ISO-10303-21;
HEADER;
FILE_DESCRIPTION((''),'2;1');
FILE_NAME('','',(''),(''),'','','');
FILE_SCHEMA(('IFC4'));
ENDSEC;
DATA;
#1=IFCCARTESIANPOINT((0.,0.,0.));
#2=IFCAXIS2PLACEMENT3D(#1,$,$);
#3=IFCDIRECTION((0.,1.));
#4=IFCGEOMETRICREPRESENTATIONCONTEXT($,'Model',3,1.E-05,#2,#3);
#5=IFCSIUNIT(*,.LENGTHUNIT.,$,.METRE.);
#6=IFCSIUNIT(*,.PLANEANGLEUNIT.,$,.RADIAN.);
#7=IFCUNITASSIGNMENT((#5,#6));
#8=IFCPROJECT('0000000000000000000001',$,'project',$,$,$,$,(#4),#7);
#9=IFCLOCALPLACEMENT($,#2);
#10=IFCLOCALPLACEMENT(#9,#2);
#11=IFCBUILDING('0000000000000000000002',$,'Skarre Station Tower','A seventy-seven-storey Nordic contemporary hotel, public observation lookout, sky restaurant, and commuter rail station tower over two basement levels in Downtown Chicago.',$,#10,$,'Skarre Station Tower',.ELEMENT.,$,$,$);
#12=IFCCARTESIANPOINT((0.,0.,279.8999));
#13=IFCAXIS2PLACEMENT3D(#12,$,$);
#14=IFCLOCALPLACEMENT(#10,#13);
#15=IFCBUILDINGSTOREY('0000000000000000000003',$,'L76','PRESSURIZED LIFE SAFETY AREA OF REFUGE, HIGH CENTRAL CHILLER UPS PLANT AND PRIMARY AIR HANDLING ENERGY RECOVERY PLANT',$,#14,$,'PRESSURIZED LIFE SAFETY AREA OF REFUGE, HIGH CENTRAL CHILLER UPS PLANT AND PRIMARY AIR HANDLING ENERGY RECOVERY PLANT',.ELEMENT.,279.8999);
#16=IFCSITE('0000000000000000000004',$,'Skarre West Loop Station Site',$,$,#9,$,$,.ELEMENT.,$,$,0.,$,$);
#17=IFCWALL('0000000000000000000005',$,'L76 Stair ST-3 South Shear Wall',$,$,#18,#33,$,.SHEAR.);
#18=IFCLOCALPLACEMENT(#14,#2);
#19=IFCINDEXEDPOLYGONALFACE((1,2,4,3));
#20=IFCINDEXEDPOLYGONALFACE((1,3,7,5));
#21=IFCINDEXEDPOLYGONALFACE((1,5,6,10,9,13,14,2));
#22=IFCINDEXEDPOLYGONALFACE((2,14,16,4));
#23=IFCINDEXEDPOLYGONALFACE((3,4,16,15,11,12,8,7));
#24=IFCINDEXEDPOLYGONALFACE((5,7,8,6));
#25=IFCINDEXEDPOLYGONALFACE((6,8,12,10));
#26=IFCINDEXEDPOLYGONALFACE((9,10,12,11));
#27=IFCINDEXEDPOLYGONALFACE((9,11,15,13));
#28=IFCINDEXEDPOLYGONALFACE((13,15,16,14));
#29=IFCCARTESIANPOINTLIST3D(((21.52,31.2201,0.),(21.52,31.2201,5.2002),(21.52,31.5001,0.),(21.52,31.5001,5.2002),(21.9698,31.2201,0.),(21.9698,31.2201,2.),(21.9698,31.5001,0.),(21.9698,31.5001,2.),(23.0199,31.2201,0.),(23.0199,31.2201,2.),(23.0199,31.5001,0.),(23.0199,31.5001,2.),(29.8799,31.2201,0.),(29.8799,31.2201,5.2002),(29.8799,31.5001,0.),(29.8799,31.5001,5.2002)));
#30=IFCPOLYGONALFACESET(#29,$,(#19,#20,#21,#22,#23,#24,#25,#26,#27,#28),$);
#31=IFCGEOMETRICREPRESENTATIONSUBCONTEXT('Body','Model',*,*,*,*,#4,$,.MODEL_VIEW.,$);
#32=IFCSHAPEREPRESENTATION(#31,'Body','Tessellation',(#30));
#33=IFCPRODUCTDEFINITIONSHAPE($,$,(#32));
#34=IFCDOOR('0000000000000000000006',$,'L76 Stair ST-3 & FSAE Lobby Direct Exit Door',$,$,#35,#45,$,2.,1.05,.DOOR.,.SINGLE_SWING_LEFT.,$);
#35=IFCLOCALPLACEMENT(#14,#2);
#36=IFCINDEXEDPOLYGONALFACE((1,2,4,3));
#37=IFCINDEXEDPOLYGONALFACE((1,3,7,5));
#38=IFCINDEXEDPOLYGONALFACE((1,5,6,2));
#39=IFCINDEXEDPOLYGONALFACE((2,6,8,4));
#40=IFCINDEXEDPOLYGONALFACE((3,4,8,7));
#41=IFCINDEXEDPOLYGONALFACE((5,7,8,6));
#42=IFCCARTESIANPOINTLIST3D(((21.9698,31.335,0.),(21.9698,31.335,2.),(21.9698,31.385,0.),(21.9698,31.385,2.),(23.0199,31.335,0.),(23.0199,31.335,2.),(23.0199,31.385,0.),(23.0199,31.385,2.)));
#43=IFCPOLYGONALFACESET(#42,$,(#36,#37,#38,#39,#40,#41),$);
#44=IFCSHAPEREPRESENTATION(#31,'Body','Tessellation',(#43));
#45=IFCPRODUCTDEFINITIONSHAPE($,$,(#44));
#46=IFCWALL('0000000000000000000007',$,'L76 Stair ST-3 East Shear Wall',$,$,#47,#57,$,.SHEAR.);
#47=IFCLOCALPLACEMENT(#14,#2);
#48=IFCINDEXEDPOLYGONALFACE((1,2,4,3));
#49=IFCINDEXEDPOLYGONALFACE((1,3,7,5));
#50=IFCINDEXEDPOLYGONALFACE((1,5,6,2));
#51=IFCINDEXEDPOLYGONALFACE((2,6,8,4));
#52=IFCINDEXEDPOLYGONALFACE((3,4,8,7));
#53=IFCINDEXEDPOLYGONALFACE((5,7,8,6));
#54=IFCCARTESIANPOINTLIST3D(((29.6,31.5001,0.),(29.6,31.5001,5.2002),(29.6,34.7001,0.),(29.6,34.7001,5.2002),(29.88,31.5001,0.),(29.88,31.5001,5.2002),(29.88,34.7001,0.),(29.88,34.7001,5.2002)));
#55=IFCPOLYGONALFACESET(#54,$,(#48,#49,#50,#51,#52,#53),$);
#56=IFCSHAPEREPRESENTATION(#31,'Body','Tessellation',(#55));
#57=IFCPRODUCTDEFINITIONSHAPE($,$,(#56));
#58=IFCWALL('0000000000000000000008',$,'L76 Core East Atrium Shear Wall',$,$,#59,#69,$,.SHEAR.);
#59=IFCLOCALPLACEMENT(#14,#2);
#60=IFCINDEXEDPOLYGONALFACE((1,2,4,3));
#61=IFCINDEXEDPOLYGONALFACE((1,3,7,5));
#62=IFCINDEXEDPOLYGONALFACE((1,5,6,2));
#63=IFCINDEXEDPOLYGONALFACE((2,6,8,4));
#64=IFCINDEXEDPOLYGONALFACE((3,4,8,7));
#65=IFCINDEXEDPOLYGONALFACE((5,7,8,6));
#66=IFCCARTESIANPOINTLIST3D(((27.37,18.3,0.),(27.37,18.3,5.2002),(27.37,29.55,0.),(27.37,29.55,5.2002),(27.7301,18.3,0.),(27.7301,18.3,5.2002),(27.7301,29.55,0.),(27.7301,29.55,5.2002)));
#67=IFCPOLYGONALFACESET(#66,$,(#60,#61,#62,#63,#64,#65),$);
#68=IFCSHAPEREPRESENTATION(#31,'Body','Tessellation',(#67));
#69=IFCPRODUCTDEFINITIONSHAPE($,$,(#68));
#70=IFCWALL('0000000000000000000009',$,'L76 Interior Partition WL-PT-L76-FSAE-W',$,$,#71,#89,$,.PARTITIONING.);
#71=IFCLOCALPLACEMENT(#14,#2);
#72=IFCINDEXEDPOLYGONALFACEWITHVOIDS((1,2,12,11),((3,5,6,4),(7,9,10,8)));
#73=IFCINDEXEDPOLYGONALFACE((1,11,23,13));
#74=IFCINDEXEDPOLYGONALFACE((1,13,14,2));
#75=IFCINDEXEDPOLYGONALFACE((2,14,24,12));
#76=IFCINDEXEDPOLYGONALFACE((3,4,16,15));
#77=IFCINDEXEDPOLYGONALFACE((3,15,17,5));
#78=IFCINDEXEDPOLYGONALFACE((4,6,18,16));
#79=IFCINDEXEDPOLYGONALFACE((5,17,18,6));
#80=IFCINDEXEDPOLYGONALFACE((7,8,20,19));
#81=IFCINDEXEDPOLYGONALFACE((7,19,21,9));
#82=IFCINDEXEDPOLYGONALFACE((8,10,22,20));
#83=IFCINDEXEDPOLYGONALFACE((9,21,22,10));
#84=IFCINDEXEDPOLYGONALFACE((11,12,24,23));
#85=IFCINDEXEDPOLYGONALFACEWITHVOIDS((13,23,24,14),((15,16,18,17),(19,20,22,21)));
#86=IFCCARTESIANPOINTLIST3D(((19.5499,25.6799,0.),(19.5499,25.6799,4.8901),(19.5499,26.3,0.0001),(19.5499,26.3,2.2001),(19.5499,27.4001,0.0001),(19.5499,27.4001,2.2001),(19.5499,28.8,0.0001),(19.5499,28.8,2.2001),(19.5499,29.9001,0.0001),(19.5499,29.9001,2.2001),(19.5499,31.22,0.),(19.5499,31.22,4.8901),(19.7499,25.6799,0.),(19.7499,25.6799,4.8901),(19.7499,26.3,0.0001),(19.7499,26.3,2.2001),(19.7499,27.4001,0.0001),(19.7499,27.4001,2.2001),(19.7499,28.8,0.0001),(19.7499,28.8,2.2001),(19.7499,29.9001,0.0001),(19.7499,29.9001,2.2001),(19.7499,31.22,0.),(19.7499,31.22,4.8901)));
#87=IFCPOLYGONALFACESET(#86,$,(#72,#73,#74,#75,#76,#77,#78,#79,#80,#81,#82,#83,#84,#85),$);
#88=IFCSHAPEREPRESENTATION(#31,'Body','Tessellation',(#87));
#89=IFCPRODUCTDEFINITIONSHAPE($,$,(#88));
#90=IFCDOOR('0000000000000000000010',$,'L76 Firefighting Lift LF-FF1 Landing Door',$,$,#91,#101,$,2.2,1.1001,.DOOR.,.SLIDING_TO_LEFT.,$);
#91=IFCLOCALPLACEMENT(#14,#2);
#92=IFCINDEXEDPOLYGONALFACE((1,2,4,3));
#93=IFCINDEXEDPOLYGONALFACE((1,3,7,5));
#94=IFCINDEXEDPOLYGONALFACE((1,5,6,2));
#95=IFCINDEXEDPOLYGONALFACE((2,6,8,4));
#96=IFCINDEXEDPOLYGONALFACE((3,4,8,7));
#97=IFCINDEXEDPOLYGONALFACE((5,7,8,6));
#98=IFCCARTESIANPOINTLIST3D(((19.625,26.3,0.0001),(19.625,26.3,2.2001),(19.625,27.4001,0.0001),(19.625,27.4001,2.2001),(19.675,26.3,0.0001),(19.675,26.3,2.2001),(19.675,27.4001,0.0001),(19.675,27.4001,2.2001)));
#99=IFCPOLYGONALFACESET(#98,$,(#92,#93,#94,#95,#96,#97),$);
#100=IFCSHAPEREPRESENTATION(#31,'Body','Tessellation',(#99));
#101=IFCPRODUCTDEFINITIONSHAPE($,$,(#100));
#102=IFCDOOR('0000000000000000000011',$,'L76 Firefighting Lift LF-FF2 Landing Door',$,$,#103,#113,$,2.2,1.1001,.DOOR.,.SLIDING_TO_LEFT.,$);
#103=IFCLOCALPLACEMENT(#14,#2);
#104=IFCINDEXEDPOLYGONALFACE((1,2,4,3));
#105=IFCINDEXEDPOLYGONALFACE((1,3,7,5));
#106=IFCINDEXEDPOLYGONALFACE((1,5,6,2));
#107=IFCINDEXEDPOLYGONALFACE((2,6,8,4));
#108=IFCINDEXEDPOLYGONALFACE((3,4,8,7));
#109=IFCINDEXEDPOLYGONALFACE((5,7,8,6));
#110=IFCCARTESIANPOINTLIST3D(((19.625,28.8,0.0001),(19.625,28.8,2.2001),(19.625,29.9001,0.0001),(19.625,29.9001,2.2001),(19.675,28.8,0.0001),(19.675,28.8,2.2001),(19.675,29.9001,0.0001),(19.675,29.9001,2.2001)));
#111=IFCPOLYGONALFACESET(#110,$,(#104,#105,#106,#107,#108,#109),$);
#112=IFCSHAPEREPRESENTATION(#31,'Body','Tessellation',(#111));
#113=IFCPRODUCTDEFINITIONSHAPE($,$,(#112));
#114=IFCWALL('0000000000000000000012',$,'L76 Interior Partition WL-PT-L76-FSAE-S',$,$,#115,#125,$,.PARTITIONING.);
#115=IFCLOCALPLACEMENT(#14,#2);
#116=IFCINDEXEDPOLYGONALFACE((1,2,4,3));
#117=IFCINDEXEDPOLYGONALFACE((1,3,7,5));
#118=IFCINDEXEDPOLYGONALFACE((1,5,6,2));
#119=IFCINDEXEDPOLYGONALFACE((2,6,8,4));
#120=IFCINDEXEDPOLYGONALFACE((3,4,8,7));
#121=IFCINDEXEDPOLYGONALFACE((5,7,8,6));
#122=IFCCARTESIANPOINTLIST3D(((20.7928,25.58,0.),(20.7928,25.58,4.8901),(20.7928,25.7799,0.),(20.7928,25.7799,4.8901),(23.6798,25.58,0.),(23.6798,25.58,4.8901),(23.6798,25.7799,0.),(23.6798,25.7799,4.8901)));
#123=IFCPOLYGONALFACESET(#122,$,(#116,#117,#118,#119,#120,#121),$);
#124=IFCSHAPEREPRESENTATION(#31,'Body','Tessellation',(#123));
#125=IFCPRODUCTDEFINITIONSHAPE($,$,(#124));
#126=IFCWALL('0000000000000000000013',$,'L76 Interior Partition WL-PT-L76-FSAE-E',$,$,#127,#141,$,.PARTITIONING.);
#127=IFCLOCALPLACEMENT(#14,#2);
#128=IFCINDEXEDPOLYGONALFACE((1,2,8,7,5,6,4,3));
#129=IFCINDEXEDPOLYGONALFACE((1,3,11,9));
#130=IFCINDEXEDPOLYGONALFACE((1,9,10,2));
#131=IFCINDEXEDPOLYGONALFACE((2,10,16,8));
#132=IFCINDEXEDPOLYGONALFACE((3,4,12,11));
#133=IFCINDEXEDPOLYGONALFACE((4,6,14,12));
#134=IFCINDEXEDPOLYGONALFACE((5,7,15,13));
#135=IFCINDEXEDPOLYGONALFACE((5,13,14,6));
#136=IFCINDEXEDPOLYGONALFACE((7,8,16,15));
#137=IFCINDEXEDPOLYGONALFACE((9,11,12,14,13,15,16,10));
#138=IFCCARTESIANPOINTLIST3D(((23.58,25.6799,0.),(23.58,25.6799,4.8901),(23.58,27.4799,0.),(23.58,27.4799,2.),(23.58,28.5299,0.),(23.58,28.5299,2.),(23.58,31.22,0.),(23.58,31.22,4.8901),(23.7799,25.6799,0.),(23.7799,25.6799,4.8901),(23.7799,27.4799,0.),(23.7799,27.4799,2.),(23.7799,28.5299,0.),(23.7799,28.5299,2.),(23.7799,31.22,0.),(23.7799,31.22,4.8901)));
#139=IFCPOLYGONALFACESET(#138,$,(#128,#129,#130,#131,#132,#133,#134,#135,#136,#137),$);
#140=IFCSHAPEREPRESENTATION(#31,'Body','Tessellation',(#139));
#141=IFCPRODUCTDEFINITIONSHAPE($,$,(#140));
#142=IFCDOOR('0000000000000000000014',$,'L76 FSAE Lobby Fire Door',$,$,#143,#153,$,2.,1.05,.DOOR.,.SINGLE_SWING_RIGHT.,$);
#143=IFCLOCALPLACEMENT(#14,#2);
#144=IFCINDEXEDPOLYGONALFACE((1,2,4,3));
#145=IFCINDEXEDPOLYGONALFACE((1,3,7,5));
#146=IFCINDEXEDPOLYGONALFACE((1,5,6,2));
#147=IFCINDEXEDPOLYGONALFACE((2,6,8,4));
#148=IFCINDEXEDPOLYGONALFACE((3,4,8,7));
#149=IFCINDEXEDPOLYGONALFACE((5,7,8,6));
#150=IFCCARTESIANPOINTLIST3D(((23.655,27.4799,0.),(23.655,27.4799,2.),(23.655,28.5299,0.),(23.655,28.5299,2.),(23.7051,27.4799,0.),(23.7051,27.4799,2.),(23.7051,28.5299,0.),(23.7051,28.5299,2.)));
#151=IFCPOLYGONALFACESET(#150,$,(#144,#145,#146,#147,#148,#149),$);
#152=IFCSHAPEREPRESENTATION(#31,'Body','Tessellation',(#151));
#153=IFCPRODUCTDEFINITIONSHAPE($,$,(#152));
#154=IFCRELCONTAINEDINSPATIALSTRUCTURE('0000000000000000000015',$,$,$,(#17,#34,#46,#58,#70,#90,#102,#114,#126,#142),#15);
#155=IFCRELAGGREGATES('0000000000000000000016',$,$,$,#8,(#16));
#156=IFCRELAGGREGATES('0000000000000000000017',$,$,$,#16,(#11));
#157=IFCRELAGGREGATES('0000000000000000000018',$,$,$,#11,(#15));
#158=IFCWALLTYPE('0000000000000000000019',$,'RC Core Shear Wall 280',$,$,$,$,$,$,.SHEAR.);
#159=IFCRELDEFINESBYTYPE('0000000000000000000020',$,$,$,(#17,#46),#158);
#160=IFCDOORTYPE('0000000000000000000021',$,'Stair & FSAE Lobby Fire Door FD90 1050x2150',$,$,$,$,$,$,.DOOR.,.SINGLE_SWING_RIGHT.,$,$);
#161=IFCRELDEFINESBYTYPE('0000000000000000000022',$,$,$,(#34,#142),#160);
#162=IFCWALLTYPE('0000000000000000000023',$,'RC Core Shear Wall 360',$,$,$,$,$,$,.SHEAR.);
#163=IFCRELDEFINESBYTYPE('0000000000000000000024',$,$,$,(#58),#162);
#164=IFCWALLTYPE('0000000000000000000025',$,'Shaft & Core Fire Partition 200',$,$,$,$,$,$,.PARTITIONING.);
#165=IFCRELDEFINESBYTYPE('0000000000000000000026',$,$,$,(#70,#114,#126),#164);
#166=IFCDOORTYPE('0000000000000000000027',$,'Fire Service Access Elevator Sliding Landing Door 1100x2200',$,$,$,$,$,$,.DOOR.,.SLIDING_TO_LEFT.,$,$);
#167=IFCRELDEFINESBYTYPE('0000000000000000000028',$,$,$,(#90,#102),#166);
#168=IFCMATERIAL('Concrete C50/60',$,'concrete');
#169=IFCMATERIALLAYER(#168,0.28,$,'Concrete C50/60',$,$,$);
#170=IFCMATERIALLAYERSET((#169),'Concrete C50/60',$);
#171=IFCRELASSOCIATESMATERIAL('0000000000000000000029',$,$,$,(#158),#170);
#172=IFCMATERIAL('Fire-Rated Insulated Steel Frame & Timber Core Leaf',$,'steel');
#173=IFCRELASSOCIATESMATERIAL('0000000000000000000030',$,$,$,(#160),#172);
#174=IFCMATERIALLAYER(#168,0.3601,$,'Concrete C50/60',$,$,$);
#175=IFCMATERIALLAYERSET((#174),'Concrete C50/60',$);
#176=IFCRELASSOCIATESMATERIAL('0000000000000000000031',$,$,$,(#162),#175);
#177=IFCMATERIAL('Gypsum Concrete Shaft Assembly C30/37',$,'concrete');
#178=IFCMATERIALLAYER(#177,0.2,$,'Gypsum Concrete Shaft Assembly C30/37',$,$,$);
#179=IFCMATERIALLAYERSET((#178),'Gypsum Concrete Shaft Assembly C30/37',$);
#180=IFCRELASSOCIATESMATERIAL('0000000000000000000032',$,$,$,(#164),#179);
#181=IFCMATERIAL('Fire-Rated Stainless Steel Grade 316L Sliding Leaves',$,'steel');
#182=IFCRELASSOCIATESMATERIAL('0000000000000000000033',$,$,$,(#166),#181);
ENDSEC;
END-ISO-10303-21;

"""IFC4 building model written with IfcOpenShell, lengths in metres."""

from ifc_helpers import new_model, si_unit, direction, frame, frame_2d, origin, place, context, subcontext, project, spatial, rectangle, extrude, material, layer, layer_set, type_object, element, fill, save


model = new_model("IFC4")

# Units and contexts
model_context = context("Model", 3, precision=1e-05, world=origin(), true_north=direction((0.0, 1.0)))
body_context = subcontext(model_context, "Body", "Model", "MODEL_VIEW")
ifc_project = project(units=[si_unit("LENGTHUNIT", "METRE"), si_unit("PLANEANGLEUNIT", "RADIAN")], contexts=[model_context])

# Site, building, storey
site_placement = place(None, origin())
site = spatial("IfcSite", under=ifc_project, at=site_placement, Name="Skarre West Loop Station Site", CompositionType="ELEMENT", RefElevation=0.0)
building_placement = place(site_placement, origin())
building = spatial("IfcBuilding", under=site, at=building_placement, Name="Skarre Station Tower", Description="A seventy-seven-storey Nordic contemporary hotel, public observation lookout, sky restaurant, and commuter rail station tower over two basement levels in Downtown Chicago.", LongName="Skarre Station Tower", CompositionType="ELEMENT")
storey_placement = place(building_placement, frame((0.0, 0.0, 279.8999)))
storey = spatial("IfcBuildingStorey", under=building, at=storey_placement, Name="L76", Description="PRESSURIZED LIFE SAFETY AREA OF REFUGE, HIGH CENTRAL CHILLER UPS PLANT AND PRIMARY AIR HANDLING ENERGY RECOVERY PLANT", LongName="PRESSURIZED LIFE SAFETY AREA OF REFUGE, HIGH CENTRAL CHILLER UPS PLANT AND PRIMARY AIR HANDLING ENERGY RECOVERY PLANT", CompositionType="ELEMENT", Elevation=279.8999)

# Shared definitions
ifc_material_1 = material(Name="Concrete C50/60", Category="concrete")
ifc_layer_1 = layer(ifc_material_1, 0.28, Name="Concrete C50/60")
ifc_layer_set_1 = layer_set([ifc_layer_1], Name="Concrete C50/60")
wall_type_1 = type_object("IfcWallType", Name="RC Core Shear Wall 280", PredefinedType="SHEAR", material=ifc_layer_set_1)

# Wall, opening, door
wall_1_placement = place(storey_placement, frame((21.52, 31.3601, 0.0), z_axis=(0.0, 0.0, 1.0), x_axis=(1.0, 0.0, 0.0)))
wall_1 = element("IfcWall", 1, at=wall_1_placement, inside=storey, type_object=wall_type_1, Name="L76 Stair ST-3 South Shear Wall", PredefinedType="SHEAR", context=body_context, shape_type="SweptSolid", body=[
    extrude(rectangle(XDim=8.3599, YDim=0.28, at=frame_2d((4.1799, 0.0))), origin(), (0.0, 0.0, 1.0), 5.2002),
])
opening_1_placement = place(wall_1_placement, frame((0.45, 0.0, 0.0)))
opening_1 = element("IfcOpeningElement", 2, at=opening_1_placement, cuts=wall_1, PredefinedType="OPENING", context=body_context, shape_type="SweptSolid", body=[
    extrude(rectangle(XDim=1.05, YDim=2.0, at=frame_2d((0.5249, 1.0))), frame((0.0, 0.1499, 0.0), z_axis=(0.0, -1.0, 0.0), x_axis=(1.0, 0.0, 0.0)), (0.0, 0.0, 1.0), 0.3),
])
ifc_material_2 = material(Name="Fire-Rated Insulated Steel Frame & Timber Core Leaf", Category="steel")
door_type_1 = type_object("IfcDoorType", Name="Stair & FSAE Lobby Fire Door FD90 1050x2150", OperationType="SINGLE_SWING_RIGHT", PredefinedType="DOOR", material=ifc_material_2)
door_1_placement = place(opening_1_placement, origin())
door_1 = element("IfcDoor", 3, at=door_1_placement, inside=storey, type_object=door_type_1, Name="L76 Stair ST-3 & FSAE Lobby Direct Exit Door", OperationType="SINGLE_SWING_LEFT", OverallHeight=2.0, OverallWidth=1.05, PredefinedType="DOOR", context=body_context, shape_type="SweptSolid", body=[
    extrude(rectangle(XDim=1.05, YDim=2.0, at=frame_2d((0.5249, 1.0))), frame((0.0, 0.0249, 0.0), z_axis=(0.0, -1.0, 0.0), x_axis=(1.0, 0.0, 0.0)), (0.0, 0.0, 1.0), 0.05),
])
fill(opening_1, door_1)

# Walls
wall_2_placement = place(storey_placement, frame((29.74, 31.5, 0.0), z_axis=(0.0, 0.0, 1.0), x_axis=(0.0, 1.0, 0.0)))
element("IfcWall", 4, at=wall_2_placement, inside=storey, type_object=wall_type_1, Name="L76 Stair ST-3 East Shear Wall", PredefinedType="SHEAR", context=body_context, shape_type="SweptSolid", body=[
    extrude(rectangle(XDim=3.2, YDim=0.28, at=frame_2d((1.6001, 0.0))), origin(), (0.0, 0.0, 1.0), 5.2002),
])
ifc_layer_2 = layer(ifc_material_1, 0.3601, Name="Concrete C50/60")
ifc_layer_set_2 = layer_set([ifc_layer_2], Name="Concrete C50/60")
wall_type_2 = type_object("IfcWallType", Name="RC Core Shear Wall 360", PredefinedType="SHEAR", material=ifc_layer_set_2)
wall_3_placement = place(storey_placement, frame((27.55, 29.55, 0.0), z_axis=(0.0, 0.0, 1.0), x_axis=(0.0, -1.0, 0.0)))
element("IfcWall", 5, at=wall_3_placement, inside=storey, type_object=wall_type_2, Name="L76 Core East Atrium Shear Wall", PredefinedType="SHEAR", context=body_context, shape_type="SweptSolid", body=[
    extrude(rectangle(XDim=11.25, YDim=0.3601, at=frame_2d((5.625, 0.0))), origin(), (0.0, 0.0, 1.0), 5.2002),
])

# Wall, openings, doors
ifc_material_3 = material(Name="Gypsum Concrete Shaft Assembly C30/37", Category="concrete")
ifc_layer_3 = layer(ifc_material_3, 0.2, Name="Gypsum Concrete Shaft Assembly C30/37")
ifc_layer_set_3 = layer_set([ifc_layer_3], Name="Gypsum Concrete Shaft Assembly C30/37")
wall_type_3 = type_object("IfcWallType", Name="Shaft & Core Fire Partition 200", PredefinedType="PARTITIONING", material=ifc_layer_set_3)
wall_4_placement = place(storey_placement, frame((19.6499, 25.6799, 0.0), z_axis=(0.0, 0.0, 1.0), x_axis=(0.0, 1.0, 0.0)))
wall_4 = element("IfcWall", 6, at=wall_4_placement, inside=storey, type_object=wall_type_3, Name="L76 Interior Partition WL-PT-L76-FSAE-W", PredefinedType="PARTITIONING", context=body_context, shape_type="SweptSolid", body=[
    extrude(rectangle(XDim=5.54, YDim=0.2, at=frame_2d((2.77, 0.0))), origin(), (0.0, 0.0, 1.0), 4.8901),
])
opening_2_placement = place(wall_4_placement, frame((0.6201, 0.0, 0.0)))
opening_2 = element("IfcOpeningElement", 7, at=opening_2_placement, cuts=wall_4, PredefinedType="OPENING", context=body_context, shape_type="SweptSolid", body=[
    extrude(rectangle(XDim=1.1001, YDim=2.2, at=frame_2d((0.55, 1.1001))), frame((0.0, 0.1099, 0.0), z_axis=(0.0, -1.0, 0.0), x_axis=(1.0, 0.0, 0.0)), (0.0, 0.0, 1.0), 0.22),
])
opening_3_placement = place(wall_4_placement, frame((3.1201, 0.0, 0.0)))
opening_3 = element("IfcOpeningElement", 8, at=opening_3_placement, cuts=wall_4, PredefinedType="OPENING", context=body_context, shape_type="SweptSolid", body=[
    extrude(rectangle(XDim=1.1001, YDim=2.2, at=frame_2d((0.55, 1.1001))), frame((0.0, 0.1099, 0.0), z_axis=(0.0, -1.0, 0.0), x_axis=(1.0, 0.0, 0.0)), (0.0, 0.0, 1.0), 0.22),
])
ifc_material_4 = material(Name="Fire-Rated Stainless Steel Grade 316L Sliding Leaves", Category="steel")
door_type_2 = type_object("IfcDoorType", Name="Fire Service Access Elevator Sliding Landing Door 1100x2200", OperationType="SLIDING_TO_LEFT", PredefinedType="DOOR", material=ifc_material_4)
door_2_placement = place(opening_2_placement, origin())
door_2 = element("IfcDoor", 9, at=door_2_placement, inside=storey, type_object=door_type_2, Name="L76 Firefighting Lift LF-FF1 Landing Door", OperationType="SLIDING_TO_LEFT", OverallHeight=2.2, OverallWidth=1.1001, PredefinedType="DOOR", context=body_context, shape_type="SweptSolid", body=[
    extrude(rectangle(XDim=1.1001, YDim=2.2, at=frame_2d((0.55, 1.1001))), frame((0.0, 0.0249, 0.0), z_axis=(0.0, -1.0, 0.0), x_axis=(1.0, 0.0, 0.0)), (0.0, 0.0, 1.0), 0.05),
])
fill(opening_2, door_2)
door_3_placement = place(opening_3_placement, origin())
door_3 = element("IfcDoor", 10, at=door_3_placement, inside=storey, type_object=door_type_2, Name="L76 Firefighting Lift LF-FF2 Landing Door", OperationType="SLIDING_TO_LEFT", OverallHeight=2.2, OverallWidth=1.1001, PredefinedType="DOOR", context=body_context, shape_type="SweptSolid", body=[
    extrude(rectangle(XDim=1.1001, YDim=2.2, at=frame_2d((0.55, 1.1001))), frame((0.0, 0.0249, 0.0), z_axis=(0.0, -1.0, 0.0), x_axis=(1.0, 0.0, 0.0)), (0.0, 0.0, 1.0), 0.05),
])
fill(opening_3, door_3)

# Wall
wall_5_placement = place(storey_placement, frame((20.793, 25.6799, 0.0), z_axis=(0.0, 0.0, 1.0), x_axis=(1.0, 0.0, 0.0)))
element("IfcWall", 11, at=wall_5_placement, inside=storey, type_object=wall_type_3, Name="L76 Interior Partition WL-PT-L76-FSAE-S", PredefinedType="PARTITIONING", context=body_context, shape_type="SweptSolid", body=[
    extrude(rectangle(XDim=2.887, YDim=0.2, at=frame_2d((1.4434, 0.0))), origin(), (0.0, 0.0, 1.0), 4.8901),
])

# Wall, opening, door
wall_6_placement = place(storey_placement, frame((23.6799, 25.6799, 0.0), z_axis=(0.0, 0.0, 1.0), x_axis=(0.0, 1.0, 0.0)))
wall_6 = element("IfcWall", 12, at=wall_6_placement, inside=storey, type_object=wall_type_3, Name="L76 Interior Partition WL-PT-L76-FSAE-E", PredefinedType="PARTITIONING", context=body_context, shape_type="SweptSolid", body=[
    extrude(rectangle(XDim=5.54, YDim=0.2, at=frame_2d((2.77, 0.0))), origin(), (0.0, 0.0, 1.0), 4.8901),
])
opening_4_placement = place(wall_6_placement, frame((1.8, 0.0, 0.0)))
opening_4 = element("IfcOpeningElement", 13, at=opening_4_placement, cuts=wall_6, PredefinedType="OPENING", context=body_context, shape_type="SweptSolid", body=[
    extrude(rectangle(XDim=1.05, YDim=2.0, at=frame_2d((0.5249, 1.0))), frame((0.0, 0.1099, 0.0), z_axis=(0.0, -1.0, 0.0), x_axis=(1.0, 0.0, 0.0)), (0.0, 0.0, 1.0), 0.22),
])
door_4_placement = place(opening_4_placement, origin())
door_4 = element("IfcDoor", 14, at=door_4_placement, inside=storey, type_object=door_type_1, Name="L76 FSAE Lobby Fire Door", OperationType="SINGLE_SWING_RIGHT", OverallHeight=2.0, OverallWidth=1.05, PredefinedType="DOOR", context=body_context, shape_type="SweptSolid", body=[
    extrude(rectangle(XDim=1.05, YDim=2.0, at=frame_2d((0.5249, 1.0))), frame((0.0, 0.0249, 0.0), z_axis=(0.0, -1.0, 0.0), x_axis=(1.0, 0.0, 0.0)), (0.0, 0.0, 1.0), 0.05),
])
fill(opening_4, door_4)

save(model, "model.ifc")
